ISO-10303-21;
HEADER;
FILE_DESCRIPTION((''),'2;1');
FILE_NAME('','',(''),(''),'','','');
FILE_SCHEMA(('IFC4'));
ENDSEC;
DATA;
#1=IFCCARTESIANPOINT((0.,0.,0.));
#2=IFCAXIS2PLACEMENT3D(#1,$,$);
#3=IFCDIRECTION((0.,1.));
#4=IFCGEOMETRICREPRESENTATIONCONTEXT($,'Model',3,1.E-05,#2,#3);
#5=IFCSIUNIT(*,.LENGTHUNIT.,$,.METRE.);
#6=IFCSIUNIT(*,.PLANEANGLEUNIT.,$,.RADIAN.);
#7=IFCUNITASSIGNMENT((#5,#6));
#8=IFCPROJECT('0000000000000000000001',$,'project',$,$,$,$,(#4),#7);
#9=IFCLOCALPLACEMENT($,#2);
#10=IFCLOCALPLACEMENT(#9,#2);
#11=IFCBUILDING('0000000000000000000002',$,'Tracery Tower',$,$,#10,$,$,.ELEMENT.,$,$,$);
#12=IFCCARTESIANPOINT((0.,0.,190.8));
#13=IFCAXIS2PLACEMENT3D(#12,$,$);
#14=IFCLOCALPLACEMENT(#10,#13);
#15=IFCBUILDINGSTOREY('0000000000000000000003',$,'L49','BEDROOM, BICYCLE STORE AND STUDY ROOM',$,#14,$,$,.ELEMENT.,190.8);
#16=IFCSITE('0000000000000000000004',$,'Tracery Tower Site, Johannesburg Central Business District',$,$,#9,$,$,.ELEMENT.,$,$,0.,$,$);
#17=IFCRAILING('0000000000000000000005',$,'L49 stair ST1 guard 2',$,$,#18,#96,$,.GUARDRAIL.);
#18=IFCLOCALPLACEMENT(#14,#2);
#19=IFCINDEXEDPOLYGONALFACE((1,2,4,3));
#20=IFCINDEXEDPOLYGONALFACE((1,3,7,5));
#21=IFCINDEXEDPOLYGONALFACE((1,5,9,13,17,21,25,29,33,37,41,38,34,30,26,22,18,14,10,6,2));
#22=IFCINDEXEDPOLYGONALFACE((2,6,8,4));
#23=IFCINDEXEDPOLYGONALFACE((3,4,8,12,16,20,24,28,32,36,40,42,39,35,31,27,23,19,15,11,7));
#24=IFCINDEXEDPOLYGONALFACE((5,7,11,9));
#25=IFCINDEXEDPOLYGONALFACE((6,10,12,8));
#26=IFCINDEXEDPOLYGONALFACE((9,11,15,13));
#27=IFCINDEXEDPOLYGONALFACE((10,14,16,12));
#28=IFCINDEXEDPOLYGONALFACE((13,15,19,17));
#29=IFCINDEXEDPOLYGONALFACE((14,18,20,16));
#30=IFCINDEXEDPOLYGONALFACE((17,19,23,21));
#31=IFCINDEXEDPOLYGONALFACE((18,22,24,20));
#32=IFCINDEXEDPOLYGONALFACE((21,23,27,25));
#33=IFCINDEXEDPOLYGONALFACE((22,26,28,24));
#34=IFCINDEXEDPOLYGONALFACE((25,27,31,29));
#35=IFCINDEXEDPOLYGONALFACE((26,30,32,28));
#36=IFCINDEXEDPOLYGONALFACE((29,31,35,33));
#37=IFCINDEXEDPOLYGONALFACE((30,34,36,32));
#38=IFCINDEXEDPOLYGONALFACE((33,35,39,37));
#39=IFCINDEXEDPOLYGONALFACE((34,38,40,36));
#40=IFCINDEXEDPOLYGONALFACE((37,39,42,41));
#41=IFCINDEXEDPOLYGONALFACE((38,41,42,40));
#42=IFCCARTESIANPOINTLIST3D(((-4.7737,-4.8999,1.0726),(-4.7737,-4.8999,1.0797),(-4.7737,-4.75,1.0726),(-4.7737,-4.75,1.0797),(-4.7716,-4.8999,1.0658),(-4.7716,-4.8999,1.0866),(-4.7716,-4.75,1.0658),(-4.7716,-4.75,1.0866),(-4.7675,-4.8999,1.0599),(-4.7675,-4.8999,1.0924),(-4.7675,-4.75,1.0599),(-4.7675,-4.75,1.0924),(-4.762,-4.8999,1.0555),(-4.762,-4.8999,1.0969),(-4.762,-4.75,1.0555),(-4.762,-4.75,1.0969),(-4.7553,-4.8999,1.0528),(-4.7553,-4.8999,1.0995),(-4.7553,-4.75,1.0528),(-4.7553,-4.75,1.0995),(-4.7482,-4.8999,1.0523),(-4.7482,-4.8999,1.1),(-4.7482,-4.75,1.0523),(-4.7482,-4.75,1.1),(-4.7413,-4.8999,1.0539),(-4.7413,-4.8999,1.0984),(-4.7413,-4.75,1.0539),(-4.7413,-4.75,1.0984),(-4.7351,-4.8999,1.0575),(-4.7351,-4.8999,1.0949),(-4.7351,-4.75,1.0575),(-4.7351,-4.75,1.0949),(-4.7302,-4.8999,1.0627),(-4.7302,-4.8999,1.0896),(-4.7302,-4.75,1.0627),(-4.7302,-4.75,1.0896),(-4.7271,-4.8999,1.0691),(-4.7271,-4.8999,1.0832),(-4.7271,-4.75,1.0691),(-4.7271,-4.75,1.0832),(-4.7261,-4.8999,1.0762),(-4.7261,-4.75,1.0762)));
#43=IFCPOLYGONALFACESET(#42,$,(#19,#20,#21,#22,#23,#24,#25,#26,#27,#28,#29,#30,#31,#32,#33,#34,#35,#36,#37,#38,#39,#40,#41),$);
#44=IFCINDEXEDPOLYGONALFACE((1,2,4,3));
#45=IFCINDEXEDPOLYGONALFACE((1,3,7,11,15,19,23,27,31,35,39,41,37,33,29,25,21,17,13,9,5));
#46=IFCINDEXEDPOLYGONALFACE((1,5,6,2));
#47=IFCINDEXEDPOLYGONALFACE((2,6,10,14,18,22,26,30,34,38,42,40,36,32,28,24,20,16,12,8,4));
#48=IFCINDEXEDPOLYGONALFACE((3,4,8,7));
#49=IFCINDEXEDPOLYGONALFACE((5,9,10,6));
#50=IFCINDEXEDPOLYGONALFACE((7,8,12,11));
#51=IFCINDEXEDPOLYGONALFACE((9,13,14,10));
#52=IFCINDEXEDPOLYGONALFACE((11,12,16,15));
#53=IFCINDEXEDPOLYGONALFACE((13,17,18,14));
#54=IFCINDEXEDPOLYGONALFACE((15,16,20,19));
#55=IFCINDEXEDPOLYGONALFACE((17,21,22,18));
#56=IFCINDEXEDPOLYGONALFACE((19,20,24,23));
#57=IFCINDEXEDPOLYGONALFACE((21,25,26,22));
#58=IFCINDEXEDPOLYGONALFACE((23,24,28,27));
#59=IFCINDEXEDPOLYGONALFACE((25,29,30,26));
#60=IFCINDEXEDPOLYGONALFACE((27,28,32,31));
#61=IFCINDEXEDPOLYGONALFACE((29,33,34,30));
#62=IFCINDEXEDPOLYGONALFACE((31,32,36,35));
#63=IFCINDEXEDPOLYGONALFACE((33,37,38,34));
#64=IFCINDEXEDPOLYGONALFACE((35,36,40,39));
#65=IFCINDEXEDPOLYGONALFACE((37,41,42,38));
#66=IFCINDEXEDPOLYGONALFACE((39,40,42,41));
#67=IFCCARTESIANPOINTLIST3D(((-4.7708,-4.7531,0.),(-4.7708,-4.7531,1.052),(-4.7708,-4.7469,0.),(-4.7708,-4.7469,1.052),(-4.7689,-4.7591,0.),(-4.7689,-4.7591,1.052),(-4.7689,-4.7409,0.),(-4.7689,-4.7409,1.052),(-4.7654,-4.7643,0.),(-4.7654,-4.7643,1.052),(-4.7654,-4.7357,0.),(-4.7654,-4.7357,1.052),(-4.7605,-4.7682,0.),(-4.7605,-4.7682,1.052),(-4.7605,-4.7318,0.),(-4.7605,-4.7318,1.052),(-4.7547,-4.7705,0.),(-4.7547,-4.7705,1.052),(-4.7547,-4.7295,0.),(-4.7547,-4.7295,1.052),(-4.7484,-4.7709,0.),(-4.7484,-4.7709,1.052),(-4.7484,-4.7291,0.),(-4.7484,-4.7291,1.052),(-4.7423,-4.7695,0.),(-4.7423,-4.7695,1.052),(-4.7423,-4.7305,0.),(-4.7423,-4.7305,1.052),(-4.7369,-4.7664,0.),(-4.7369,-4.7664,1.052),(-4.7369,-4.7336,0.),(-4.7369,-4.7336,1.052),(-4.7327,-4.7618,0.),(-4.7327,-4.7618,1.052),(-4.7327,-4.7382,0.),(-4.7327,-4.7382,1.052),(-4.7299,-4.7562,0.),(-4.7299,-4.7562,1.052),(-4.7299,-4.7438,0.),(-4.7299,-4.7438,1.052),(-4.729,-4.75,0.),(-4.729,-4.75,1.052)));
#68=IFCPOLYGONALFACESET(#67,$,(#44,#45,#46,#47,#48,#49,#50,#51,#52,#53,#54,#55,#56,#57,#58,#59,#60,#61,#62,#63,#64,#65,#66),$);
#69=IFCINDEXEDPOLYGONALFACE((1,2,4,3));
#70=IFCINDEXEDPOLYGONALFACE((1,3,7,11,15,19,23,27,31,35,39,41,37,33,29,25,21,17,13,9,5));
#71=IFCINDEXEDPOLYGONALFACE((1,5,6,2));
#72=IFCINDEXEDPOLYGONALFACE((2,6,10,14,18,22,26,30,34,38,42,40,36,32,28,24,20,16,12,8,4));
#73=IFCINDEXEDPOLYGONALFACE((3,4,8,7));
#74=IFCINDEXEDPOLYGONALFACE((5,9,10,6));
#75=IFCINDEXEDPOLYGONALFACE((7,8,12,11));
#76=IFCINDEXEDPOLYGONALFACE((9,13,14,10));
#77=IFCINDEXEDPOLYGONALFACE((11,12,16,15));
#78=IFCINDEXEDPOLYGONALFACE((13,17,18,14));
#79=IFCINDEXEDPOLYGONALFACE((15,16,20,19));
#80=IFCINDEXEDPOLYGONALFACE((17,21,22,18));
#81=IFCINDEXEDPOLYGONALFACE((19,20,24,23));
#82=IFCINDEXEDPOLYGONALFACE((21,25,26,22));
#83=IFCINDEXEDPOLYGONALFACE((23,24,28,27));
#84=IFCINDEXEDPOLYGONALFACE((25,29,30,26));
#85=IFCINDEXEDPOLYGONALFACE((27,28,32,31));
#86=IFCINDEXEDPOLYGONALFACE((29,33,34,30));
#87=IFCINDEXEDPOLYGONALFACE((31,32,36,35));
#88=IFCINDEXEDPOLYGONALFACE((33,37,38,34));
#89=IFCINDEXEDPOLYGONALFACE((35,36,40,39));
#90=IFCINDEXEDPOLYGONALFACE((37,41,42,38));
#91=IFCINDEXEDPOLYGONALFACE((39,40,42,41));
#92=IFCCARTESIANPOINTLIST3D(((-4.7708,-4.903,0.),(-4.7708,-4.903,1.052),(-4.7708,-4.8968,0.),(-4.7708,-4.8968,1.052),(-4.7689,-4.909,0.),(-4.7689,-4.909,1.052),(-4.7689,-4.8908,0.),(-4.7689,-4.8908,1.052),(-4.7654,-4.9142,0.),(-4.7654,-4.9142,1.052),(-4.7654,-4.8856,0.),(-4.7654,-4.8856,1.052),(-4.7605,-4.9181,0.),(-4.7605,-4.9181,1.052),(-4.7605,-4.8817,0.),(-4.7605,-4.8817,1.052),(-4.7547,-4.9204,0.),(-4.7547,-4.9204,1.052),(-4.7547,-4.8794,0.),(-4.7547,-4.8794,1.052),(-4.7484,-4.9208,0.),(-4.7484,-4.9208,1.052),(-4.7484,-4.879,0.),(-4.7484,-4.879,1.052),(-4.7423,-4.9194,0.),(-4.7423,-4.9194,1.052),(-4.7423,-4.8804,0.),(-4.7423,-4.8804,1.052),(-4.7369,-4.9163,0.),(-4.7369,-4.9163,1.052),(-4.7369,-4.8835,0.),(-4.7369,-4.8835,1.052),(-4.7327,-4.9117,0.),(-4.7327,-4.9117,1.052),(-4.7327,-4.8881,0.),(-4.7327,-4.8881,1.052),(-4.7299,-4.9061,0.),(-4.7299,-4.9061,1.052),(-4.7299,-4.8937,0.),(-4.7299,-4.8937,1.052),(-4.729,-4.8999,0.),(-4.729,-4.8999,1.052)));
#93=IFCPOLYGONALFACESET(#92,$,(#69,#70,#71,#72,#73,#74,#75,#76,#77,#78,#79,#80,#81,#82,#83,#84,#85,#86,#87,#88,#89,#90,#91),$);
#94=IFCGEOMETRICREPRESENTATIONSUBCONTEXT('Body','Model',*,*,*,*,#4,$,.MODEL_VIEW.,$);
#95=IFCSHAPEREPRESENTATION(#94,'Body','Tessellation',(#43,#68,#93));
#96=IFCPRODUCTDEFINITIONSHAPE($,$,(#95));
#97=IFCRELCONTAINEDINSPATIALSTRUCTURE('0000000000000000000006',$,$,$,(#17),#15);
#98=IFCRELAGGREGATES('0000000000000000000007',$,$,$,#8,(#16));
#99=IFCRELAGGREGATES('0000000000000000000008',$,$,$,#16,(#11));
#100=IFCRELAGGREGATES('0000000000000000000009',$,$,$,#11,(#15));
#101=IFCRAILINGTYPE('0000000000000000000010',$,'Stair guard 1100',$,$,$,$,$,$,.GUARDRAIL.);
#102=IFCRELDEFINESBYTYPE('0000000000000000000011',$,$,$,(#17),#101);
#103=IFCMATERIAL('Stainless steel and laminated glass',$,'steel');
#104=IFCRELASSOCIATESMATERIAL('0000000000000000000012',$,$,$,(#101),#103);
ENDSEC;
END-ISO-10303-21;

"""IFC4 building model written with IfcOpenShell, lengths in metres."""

from ifc_helpers import new_model, si_unit, direction, frame, origin, origin_2d, place, context, subcontext, project, spatial, circle, extrude, material, type_object, element, save


model = new_model("IFC4")

# Units and contexts
model_context = context("Model", 3, precision=1e-05, world=origin(), true_north=direction((0.0, 1.0)))
body_context = subcontext(model_context, "Body", "Model", "MODEL_VIEW")
ifc_project = project(units=[si_unit("LENGTHUNIT", "METRE"), si_unit("PLANEANGLEUNIT", "RADIAN")], contexts=[model_context])

# Site, building, storey
site_placement = place(None, origin())
site = spatial("IfcSite", under=ifc_project, at=site_placement, Name="Tracery Tower Site, Johannesburg Central Business District", CompositionType="ELEMENT", RefElevation=0.0)
building_placement = place(site_placement, origin())
building = spatial("IfcBuilding", under=site, at=building_placement, Name="Tracery Tower", CompositionType="ELEMENT")
storey_placement = place(building_placement, frame((0.0, 0.0, 190.8)))
storey = spatial("IfcBuildingStorey", under=building, at=storey_placement, Name="L49", Description="BEDROOM, BICYCLE STORE AND STUDY ROOM", CompositionType="ELEMENT", Elevation=190.8)

# Railing
ifc_material_1 = material(Name="Stainless steel and laminated glass", Category="steel")
railing_type_1 = type_object("IfcRailingType", Name="Stair guard 1100", PredefinedType="GUARDRAIL", material=ifc_material_1)
railing_1_placement = place(storey_placement, frame((-4.75, -4.75, 0.0)))
element("IfcRailing", 1, at=railing_1_placement, inside=storey, type_object=railing_type_1, Name="L49 stair ST1 guard 2", PredefinedType="GUARDRAIL", context=body_context, shape_type="SweptSolid", body=[
    extrude(circle(Radius=0.0239, at=origin_2d()), frame((0.0, 0.0, 1.0762), z_axis=(0.0, -1.0, 0.0), x_axis=(1.0, 0.0, 0.0)), (0.0, 0.0, 1.0), 0.1499),
    extrude(circle(Radius=0.021, at=origin_2d()), origin(), (0.0, 0.0, 1.0), 1.052),
    extrude(circle(Radius=0.021, at=origin_2d()), frame((0.0, -0.1499, 0.0)), (0.0, 0.0, 1.0), 1.052),
])

save(model, "model.ifc")
